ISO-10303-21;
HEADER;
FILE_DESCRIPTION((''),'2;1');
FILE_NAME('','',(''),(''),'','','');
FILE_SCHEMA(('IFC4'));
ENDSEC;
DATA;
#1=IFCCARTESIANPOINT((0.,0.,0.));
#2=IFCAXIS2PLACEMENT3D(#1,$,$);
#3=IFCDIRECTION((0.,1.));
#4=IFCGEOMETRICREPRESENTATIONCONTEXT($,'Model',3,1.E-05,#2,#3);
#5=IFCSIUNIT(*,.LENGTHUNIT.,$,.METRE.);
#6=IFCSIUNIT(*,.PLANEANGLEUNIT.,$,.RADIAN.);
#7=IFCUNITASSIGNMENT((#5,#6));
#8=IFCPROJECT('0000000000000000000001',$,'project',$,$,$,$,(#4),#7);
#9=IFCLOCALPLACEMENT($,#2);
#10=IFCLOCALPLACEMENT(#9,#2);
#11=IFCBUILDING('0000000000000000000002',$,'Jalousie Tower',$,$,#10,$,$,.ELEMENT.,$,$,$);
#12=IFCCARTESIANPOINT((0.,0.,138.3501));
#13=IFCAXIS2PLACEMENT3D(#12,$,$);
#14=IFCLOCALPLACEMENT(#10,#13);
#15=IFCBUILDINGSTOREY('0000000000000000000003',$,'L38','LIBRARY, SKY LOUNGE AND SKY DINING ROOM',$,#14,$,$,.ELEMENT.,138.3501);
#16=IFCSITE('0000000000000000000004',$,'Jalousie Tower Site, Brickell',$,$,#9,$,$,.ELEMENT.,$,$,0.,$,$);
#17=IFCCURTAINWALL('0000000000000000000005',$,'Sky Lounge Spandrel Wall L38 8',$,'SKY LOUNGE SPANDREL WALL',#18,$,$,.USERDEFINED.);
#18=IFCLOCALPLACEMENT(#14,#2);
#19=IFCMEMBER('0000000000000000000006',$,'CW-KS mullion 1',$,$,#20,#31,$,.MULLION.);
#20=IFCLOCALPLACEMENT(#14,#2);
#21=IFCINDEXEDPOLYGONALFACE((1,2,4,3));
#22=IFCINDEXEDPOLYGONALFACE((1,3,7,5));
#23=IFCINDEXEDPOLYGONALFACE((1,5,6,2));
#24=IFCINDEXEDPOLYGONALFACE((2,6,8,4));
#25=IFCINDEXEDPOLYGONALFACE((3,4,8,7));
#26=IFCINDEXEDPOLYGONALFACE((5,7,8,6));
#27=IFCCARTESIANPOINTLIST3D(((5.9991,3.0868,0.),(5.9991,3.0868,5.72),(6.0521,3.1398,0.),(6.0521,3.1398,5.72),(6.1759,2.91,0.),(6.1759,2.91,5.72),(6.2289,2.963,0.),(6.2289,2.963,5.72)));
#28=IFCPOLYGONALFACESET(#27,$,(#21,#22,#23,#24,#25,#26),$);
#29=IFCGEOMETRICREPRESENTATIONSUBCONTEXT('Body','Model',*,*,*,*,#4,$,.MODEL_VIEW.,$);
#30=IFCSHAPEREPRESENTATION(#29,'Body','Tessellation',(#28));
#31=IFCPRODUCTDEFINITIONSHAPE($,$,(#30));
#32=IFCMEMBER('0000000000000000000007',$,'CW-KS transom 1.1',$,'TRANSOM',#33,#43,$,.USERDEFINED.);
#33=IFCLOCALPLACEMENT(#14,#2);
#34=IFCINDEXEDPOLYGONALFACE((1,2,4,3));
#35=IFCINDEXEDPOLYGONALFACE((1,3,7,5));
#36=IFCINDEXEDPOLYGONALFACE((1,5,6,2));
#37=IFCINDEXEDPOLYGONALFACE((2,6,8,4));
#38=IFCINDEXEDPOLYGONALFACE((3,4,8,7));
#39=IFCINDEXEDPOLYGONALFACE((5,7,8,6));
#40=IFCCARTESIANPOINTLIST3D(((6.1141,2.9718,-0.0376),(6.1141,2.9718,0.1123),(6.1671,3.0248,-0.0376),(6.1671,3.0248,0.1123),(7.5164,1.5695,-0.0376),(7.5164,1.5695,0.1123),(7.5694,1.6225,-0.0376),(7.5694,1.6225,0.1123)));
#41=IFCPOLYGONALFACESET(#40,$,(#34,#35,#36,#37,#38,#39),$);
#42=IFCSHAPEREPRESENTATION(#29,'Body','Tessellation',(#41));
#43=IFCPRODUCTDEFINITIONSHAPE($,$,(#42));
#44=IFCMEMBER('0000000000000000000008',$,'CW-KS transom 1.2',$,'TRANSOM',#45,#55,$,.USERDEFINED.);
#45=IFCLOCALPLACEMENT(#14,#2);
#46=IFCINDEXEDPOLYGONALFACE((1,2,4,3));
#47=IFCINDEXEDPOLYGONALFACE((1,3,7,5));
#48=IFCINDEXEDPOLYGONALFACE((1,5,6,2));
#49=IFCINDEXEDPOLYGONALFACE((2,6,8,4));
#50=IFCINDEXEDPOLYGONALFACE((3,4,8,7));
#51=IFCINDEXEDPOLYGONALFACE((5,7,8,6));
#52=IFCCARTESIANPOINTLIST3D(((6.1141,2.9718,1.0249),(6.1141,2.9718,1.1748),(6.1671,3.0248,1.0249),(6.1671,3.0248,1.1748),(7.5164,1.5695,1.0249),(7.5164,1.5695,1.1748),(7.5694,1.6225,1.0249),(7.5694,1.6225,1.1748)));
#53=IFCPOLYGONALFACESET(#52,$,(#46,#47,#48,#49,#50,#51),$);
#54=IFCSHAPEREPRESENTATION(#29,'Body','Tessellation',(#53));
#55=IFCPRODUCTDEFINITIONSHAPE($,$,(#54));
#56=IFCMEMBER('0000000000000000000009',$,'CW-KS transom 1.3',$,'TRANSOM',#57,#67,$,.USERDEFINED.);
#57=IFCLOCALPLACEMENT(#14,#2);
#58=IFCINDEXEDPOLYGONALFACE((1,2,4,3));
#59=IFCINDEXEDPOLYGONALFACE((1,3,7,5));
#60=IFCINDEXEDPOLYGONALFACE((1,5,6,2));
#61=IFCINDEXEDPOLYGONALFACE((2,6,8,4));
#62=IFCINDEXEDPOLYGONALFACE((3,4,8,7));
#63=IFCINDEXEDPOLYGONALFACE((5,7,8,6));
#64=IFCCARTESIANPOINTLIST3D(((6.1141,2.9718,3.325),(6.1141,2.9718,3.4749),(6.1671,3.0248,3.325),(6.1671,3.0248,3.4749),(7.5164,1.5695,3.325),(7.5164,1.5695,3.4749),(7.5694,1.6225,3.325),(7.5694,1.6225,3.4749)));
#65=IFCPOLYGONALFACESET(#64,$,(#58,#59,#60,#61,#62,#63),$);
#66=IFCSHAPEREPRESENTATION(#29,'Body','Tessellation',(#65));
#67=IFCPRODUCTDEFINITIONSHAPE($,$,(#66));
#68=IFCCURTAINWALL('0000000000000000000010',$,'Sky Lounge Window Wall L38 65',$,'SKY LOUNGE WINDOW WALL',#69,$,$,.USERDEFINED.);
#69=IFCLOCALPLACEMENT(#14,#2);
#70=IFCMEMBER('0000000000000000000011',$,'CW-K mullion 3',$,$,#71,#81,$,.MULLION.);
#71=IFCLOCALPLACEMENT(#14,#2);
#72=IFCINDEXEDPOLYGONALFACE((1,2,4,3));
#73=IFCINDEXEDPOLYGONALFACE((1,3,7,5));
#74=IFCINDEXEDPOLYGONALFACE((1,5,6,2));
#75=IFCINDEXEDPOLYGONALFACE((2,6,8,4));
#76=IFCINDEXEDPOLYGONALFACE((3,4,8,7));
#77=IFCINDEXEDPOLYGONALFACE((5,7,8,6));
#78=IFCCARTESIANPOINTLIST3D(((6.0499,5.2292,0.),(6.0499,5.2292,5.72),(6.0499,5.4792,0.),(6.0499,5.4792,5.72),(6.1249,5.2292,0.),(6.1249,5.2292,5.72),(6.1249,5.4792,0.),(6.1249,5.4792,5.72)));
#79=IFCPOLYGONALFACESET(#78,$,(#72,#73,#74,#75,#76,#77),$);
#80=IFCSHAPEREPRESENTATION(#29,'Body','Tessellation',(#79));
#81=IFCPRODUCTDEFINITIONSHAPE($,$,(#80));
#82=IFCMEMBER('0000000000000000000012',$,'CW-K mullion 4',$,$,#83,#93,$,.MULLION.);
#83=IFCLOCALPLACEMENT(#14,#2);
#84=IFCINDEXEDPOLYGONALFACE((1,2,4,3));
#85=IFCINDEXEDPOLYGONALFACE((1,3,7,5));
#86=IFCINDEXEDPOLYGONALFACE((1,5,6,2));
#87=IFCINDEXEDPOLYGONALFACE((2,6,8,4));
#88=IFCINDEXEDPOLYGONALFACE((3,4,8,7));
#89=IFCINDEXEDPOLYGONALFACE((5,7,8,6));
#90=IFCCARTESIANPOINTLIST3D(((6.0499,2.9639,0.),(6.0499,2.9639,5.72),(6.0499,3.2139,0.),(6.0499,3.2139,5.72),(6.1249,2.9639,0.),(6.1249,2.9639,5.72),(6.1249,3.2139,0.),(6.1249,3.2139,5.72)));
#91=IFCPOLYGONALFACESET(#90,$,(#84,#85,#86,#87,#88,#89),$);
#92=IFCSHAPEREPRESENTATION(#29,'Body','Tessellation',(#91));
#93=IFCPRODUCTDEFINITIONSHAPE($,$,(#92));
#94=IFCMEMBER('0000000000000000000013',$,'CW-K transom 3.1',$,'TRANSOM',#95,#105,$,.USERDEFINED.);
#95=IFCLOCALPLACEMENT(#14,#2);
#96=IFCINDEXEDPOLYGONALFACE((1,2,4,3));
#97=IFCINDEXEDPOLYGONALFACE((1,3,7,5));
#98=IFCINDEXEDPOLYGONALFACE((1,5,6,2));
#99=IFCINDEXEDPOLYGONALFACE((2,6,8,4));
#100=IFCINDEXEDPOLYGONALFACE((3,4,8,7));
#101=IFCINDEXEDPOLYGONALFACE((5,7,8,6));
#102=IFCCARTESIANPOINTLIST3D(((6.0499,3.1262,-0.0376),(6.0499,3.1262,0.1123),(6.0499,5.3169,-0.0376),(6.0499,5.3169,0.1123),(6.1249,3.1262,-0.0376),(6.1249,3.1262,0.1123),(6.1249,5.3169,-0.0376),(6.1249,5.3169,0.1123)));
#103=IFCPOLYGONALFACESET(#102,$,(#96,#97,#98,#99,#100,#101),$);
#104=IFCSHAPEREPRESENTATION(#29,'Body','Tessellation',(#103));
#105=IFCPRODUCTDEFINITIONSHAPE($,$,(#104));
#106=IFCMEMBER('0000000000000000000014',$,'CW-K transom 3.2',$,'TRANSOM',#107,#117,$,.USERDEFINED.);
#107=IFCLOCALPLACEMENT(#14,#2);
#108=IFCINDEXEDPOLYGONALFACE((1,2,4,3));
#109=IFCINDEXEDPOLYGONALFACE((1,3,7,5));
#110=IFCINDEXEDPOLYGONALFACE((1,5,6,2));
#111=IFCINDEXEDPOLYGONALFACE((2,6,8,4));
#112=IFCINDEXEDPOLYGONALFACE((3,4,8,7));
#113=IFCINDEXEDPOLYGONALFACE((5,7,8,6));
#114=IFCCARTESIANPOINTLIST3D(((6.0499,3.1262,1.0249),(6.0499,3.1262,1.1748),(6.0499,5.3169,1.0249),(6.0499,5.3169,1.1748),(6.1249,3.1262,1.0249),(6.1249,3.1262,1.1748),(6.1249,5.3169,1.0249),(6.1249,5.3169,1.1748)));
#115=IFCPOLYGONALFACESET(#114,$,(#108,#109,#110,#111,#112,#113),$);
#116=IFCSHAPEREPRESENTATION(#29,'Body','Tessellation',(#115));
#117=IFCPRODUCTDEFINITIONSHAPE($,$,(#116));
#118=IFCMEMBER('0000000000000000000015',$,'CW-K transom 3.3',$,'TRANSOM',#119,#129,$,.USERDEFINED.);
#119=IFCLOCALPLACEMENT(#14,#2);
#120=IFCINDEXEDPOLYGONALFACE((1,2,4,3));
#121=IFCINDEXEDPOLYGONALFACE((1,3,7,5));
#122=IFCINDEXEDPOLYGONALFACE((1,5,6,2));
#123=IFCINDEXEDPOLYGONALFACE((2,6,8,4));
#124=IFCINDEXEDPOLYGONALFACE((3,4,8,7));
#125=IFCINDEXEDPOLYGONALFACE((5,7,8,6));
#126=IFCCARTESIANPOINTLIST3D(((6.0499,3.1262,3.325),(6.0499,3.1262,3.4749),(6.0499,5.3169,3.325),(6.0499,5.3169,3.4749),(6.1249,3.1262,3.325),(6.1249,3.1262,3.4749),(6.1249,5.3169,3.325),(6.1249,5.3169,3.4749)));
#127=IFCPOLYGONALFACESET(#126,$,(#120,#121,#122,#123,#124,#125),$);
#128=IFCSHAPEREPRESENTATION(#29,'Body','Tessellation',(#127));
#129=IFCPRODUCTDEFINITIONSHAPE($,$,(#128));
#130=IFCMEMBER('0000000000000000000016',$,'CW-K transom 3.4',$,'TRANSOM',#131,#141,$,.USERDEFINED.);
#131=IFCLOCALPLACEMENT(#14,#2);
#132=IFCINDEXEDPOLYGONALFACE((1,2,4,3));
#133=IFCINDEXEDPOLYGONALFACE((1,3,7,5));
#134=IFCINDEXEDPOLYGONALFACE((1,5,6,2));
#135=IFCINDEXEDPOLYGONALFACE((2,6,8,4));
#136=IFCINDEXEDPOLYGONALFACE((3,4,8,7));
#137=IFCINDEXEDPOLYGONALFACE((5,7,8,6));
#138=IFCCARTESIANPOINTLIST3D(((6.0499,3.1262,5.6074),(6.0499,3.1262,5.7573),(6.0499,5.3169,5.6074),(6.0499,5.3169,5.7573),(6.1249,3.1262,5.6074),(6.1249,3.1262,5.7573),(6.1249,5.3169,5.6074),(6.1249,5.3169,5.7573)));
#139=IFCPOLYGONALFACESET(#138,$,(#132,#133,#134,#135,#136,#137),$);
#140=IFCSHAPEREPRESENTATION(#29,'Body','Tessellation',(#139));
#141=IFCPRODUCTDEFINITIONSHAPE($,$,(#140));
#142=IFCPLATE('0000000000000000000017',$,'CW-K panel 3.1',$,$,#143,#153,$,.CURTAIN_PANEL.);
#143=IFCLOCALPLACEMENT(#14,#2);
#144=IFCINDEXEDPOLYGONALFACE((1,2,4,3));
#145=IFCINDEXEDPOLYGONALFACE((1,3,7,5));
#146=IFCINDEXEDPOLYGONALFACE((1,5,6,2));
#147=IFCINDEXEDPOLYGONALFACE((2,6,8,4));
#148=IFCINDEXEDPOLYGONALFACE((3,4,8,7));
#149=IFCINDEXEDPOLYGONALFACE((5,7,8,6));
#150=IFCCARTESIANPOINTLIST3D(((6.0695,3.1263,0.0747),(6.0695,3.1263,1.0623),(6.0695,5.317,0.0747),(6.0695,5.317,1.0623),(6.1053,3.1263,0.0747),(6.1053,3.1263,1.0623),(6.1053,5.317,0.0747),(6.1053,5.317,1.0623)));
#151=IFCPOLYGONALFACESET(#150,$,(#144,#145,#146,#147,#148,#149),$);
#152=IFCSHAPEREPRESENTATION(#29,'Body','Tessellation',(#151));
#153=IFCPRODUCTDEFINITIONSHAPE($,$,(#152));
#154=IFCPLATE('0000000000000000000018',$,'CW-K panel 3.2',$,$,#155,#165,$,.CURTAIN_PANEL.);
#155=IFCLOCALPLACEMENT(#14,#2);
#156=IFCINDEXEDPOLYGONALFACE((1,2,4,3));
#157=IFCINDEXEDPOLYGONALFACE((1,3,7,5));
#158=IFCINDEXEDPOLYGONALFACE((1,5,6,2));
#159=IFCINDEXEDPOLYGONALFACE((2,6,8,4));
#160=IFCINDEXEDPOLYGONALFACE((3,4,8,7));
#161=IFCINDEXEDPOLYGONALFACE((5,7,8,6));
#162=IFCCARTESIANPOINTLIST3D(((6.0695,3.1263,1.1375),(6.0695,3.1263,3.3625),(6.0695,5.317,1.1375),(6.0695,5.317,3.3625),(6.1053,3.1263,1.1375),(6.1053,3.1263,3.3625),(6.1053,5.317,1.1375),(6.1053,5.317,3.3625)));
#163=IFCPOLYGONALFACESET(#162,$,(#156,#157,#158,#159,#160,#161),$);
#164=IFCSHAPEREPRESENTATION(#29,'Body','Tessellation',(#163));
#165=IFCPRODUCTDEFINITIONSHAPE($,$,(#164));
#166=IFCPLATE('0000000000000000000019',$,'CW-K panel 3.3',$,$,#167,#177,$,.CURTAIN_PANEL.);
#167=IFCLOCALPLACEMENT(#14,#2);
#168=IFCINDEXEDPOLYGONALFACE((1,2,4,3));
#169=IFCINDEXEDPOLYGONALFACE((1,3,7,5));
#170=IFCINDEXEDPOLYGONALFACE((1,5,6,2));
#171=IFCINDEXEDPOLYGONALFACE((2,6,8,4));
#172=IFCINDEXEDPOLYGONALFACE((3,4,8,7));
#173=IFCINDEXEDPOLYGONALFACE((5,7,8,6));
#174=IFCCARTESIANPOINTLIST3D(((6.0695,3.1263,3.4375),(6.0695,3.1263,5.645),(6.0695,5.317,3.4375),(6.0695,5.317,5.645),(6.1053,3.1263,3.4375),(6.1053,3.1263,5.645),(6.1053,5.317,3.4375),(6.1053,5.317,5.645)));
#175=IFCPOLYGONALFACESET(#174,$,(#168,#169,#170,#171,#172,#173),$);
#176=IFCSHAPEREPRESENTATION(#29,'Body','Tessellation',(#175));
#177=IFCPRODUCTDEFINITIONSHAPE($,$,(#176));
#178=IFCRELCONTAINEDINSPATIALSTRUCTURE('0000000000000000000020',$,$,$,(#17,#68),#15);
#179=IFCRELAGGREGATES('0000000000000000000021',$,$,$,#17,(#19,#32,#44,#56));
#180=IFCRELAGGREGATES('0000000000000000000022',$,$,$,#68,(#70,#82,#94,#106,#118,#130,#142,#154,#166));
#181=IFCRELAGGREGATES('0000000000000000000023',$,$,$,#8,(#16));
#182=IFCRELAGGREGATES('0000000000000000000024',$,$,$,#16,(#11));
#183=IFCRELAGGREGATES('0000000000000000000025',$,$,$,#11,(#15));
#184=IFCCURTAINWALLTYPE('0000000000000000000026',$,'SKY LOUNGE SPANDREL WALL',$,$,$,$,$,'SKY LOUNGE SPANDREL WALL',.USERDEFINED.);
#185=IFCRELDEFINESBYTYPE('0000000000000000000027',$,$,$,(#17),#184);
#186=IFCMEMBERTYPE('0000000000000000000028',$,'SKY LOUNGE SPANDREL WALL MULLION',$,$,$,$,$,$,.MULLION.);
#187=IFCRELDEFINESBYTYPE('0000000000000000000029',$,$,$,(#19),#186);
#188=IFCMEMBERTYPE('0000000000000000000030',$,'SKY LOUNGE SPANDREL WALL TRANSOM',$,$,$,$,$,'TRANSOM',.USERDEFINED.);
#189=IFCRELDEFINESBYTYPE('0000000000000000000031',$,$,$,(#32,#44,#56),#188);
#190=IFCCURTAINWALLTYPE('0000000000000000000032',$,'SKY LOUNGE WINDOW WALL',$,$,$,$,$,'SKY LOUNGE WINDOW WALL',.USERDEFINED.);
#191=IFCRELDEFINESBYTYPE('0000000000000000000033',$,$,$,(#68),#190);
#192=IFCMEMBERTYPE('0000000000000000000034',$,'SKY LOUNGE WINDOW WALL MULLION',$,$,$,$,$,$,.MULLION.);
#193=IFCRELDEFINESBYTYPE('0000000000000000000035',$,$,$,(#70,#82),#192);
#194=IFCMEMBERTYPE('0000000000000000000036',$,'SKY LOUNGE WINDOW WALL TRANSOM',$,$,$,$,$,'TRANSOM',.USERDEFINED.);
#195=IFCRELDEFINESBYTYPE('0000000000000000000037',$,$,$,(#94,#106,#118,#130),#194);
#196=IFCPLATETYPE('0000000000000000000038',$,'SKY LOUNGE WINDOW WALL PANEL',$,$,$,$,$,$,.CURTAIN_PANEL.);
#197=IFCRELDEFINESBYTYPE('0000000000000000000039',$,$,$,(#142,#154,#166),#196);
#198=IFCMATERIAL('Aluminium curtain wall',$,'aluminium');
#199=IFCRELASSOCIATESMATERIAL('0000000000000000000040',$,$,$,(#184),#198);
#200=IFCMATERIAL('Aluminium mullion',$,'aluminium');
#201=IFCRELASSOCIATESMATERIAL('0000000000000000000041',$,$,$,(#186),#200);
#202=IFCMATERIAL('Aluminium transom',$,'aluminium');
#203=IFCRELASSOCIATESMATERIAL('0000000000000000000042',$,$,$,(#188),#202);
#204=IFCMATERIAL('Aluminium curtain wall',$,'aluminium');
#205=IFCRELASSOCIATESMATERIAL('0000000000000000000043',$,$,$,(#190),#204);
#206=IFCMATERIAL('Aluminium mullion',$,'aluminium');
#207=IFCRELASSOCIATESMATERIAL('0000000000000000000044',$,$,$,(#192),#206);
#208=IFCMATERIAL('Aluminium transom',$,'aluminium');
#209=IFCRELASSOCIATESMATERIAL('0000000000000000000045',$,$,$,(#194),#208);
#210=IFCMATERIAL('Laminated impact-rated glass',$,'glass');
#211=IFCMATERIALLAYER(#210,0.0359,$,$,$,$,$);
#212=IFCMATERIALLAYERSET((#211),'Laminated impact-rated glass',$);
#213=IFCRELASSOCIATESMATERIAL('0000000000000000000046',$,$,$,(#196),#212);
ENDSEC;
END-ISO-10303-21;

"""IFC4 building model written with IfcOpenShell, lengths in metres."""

from ifc_helpers import new_model, si_unit, direction, frame, origin, origin_2d, place, context, subcontext, project, spatial, rectangle, extrude, material, layer, layer_set, material_profile, profile_set, type_object, element, aggregate, save


model = new_model("IFC4")

# Units and contexts
model_context = context("Model", 3, precision=1e-05, world=origin(), true_north=direction((0.0, 1.0)))
body_context = subcontext(model_context, "Body", "Model", "MODEL_VIEW")
ifc_project = project(units=[si_unit("LENGTHUNIT", "METRE"), si_unit("PLANEANGLEUNIT", "RADIAN")], contexts=[model_context])

# Site, building, storey
site_placement = place(None, origin())
site = spatial("IfcSite", under=ifc_project, at=site_placement, Name="Jalousie Tower Site, Brickell", CompositionType="ELEMENT", RefElevation=0.0)
building_placement = place(site_placement, origin())
building = spatial("IfcBuilding", under=site, at=building_placement, Name="Jalousie Tower", CompositionType="ELEMENT")
storey_placement = place(building_placement, frame((0.0, 0.0, 138.3501)))
storey = spatial("IfcBuildingStorey", under=building, at=storey_placement, Name="L38", Description="LIBRARY, SKY LOUNGE AND SKY DINING ROOM", CompositionType="ELEMENT", Elevation=138.3501)

# Curtain walls, members
ifc_material_1 = material(Name="Aluminium curtain wall", Category="aluminium")
curtain_wall_type_1 = type_object("IfcCurtainWallType", Name="SKY LOUNGE SPANDREL WALL", ElementType="SKY LOUNGE SPANDREL WALL", PredefinedType="USERDEFINED", material=ifc_material_1)
curtain_wall_1_placement = place(storey_placement, origin())
curtain_wall_1 = element("IfcCurtainWall", 1, at=curtain_wall_1_placement, inside=storey, type_object=curtain_wall_type_1, Name="Sky Lounge Spandrel Wall L38 8", ObjectType="SKY LOUNGE SPANDREL WALL", PredefinedType="USERDEFINED")
ifc_material_2 = material(Name="Aluminium mullion", Category="aluminium")
ifc_material_profile_1 = material_profile(ifc_material_2, rectangle(XDim=0.075, YDim=0.25, at=origin_2d()), Name="MULLION 75x250")
ifc_profile_set_1 = profile_set([ifc_material_profile_1], Name="Aluminium mullion")
member_type_1 = type_object("IfcMemberType", Name="SKY LOUNGE SPANDREL WALL MULLION", PredefinedType="MULLION", material=ifc_profile_set_1)
member_1_placement = place(storey_placement, frame((6.114, 3.0249, 0.0), z_axis=(0.0, 0.0, 1.0), x_axis=(0.707107, 0.707107, 0.0)))
member_1 = element("IfcMember", 2, at=member_1_placement, type_object=member_type_1, Name="CW-KS mullion 1", PredefinedType="MULLION", context=body_context, shape_type="SweptSolid", body=[
    extrude(rectangle(XDim=0.075, YDim=0.25, at=origin_2d()), origin(), (0.0, 0.0, 1.0), 5.72),
])
ifc_material_3 = material(Name="Aluminium transom", Category="aluminium")
ifc_material_profile_2 = material_profile(ifc_material_3, rectangle(XDim=0.075, YDim=0.1499, at=origin_2d()), Name="TRANSOM 75x150")
ifc_profile_set_2 = profile_set([ifc_material_profile_2], Name="Aluminium transom")
member_type_2 = type_object("IfcMemberType", Name="SKY LOUNGE SPANDREL WALL TRANSOM", ElementType="TRANSOM", PredefinedType="USERDEFINED", material=ifc_profile_set_2)
member_2_placement = place(storey_placement, frame((6.1406, 2.9983, 0.0374), z_axis=(0.707107, -0.707107, 0.0), x_axis=(0.707107, 0.707107, 0.0)))
member_2 = element("IfcMember", 3, at=member_2_placement, type_object=member_type_2, Name="CW-KS transom 1.1", ObjectType="TRANSOM", PredefinedType="USERDEFINED", context=body_context, shape_type="SweptSolid", body=[
    extrude(rectangle(XDim=0.075, YDim=0.1499, at=origin_2d()), origin(), (0.0, 0.0, 1.0), 1.9832),
])
member_3_placement = place(storey_placement, frame((6.1406, 2.9983, 1.0999), z_axis=(0.707107, -0.707107, 0.0), x_axis=(0.707107, 0.707107, 0.0)))
member_3 = element("IfcMember", 4, at=member_3_placement, type_object=member_type_2, Name="CW-KS transom 1.2", ObjectType="TRANSOM", PredefinedType="USERDEFINED", context=body_context, shape_type="SweptSolid", body=[
    extrude(rectangle(XDim=0.075, YDim=0.1499, at=origin_2d()), origin(), (0.0, 0.0, 1.0), 1.9832),
])
member_4_placement = place(storey_placement, frame((6.1406, 2.9983, 3.3999), z_axis=(0.707107, -0.707107, 0.0), x_axis=(0.707107, 0.707107, 0.0)))
member_4 = element("IfcMember", 5, at=member_4_placement, type_object=member_type_2, Name="CW-KS transom 1.3", ObjectType="TRANSOM", PredefinedType="USERDEFINED", context=body_context, shape_type="SweptSolid", body=[
    extrude(rectangle(XDim=0.075, YDim=0.1499, at=origin_2d()), origin(), (0.0, 0.0, 1.0), 1.9832),
])
aggregate(curtain_wall_1, [member_1, member_2, member_3, member_4])
ifc_material_4 = material(Name="Aluminium curtain wall", Category="aluminium")
curtain_wall_type_2 = type_object("IfcCurtainWallType", Name="SKY LOUNGE WINDOW WALL", ElementType="SKY LOUNGE WINDOW WALL", PredefinedType="USERDEFINED", material=ifc_material_4)
curtain_wall_2_placement = place(storey_placement, origin())
curtain_wall_2 = element("IfcCurtainWall", 6, at=curtain_wall_2_placement, inside=storey, type_object=curtain_wall_type_2, Name="Sky Lounge Window Wall L38 65", ObjectType="SKY LOUNGE WINDOW WALL", PredefinedType="USERDEFINED")
ifc_material_5 = material(Name="Aluminium mullion", Category="aluminium")
ifc_material_profile_3 = material_profile(ifc_material_5, rectangle(XDim=0.075, YDim=0.25, at=origin_2d()), Name="MULLION 75x250")
ifc_profile_set_3 = profile_set([ifc_material_profile_3], Name="Aluminium mullion")
member_type_3 = type_object("IfcMemberType", Name="SKY LOUNGE WINDOW WALL MULLION", PredefinedType="MULLION", material=ifc_profile_set_3)
member_5_placement = place(storey_placement, frame((6.0874, 5.3542, 0.0), z_axis=(0.0, 0.0, 1.0), x_axis=(1.0, 0.0, 0.0)))
member_5 = element("IfcMember", 7, at=member_5_placement, type_object=member_type_3, Name="CW-K mullion 3", PredefinedType="MULLION", context=body_context, shape_type="SweptSolid", body=[
    extrude(rectangle(XDim=0.075, YDim=0.25, at=origin_2d()), origin(), (0.0, 0.0, 1.0), 5.72),
])
member_6_placement = place(storey_placement, frame((6.0874, 3.0889, 0.0), z_axis=(0.0, 0.0, 1.0), x_axis=(1.0, 0.0, 0.0)))
member_6 = element("IfcMember", 8, at=member_6_placement, type_object=member_type_3, Name="CW-K mullion 4", PredefinedType="MULLION", context=body_context, shape_type="SweptSolid", body=[
    extrude(rectangle(XDim=0.075, YDim=0.25, at=origin_2d()), origin(), (0.0, 0.0, 1.0), 5.72),
])
ifc_material_6 = material(Name="Aluminium transom", Category="aluminium")
ifc_material_profile_4 = material_profile(ifc_material_6, rectangle(XDim=0.075, YDim=0.1499, at=origin_2d()), Name="TRANSOM 75x150")
ifc_profile_set_4 = profile_set([ifc_material_profile_4], Name="Aluminium transom")
member_type_4 = type_object("IfcMemberType", Name="SKY LOUNGE WINDOW WALL TRANSOM", ElementType="TRANSOM", PredefinedType="USERDEFINED", material=ifc_profile_set_4)
member_7_placement = place(storey_placement, frame((6.0874, 5.3169, 0.0374), z_axis=(0.0, -1.0, 0.0), x_axis=(1.0, 0.0, 0.0)))
member_7 = element("IfcMember", 9, at=member_7_placement, type_object=member_type_4, Name="CW-K transom 3.1", ObjectType="TRANSOM", PredefinedType="USERDEFINED", context=body_context, shape_type="SweptSolid", body=[
    extrude(rectangle(XDim=0.075, YDim=0.1499, at=origin_2d()), origin(), (0.0, 0.0, 1.0), 2.1907),
])
member_8_placement = place(storey_placement, frame((6.0874, 5.3169, 1.0999), z_axis=(0.0, -1.0, 0.0), x_axis=(1.0, 0.0, 0.0)))
member_8 = element("IfcMember", 10, at=member_8_placement, type_object=member_type_4, Name="CW-K transom 3.2", ObjectType="TRANSOM", PredefinedType="USERDEFINED", context=body_context, shape_type="SweptSolid", body=[
    extrude(rectangle(XDim=0.075, YDim=0.1499, at=origin_2d()), origin(), (0.0, 0.0, 1.0), 2.1907),
])
member_9_placement = place(storey_placement, frame((6.0874, 5.3169, 3.3999), z_axis=(0.0, -1.0, 0.0), x_axis=(1.0, 0.0, 0.0)))
member_9 = element("IfcMember", 11, at=member_9_placement, type_object=member_type_4, Name="CW-K transom 3.3", ObjectType="TRANSOM", PredefinedType="USERDEFINED", context=body_context, shape_type="SweptSolid", body=[
    extrude(rectangle(XDim=0.075, YDim=0.1499, at=origin_2d()), origin(), (0.0, 0.0, 1.0), 2.1907),
])
member_10_placement = place(storey_placement, frame((6.0874, 5.3169, 5.6824), z_axis=(0.0, -1.0, 0.0), x_axis=(1.0, 0.0, 0.0)))
member_10 = element("IfcMember", 12, at=member_10_placement, type_object=member_type_4, Name="CW-K transom 3.4", ObjectType="TRANSOM", PredefinedType="USERDEFINED", context=body_context, shape_type="SweptSolid", body=[
    extrude(rectangle(XDim=0.075, YDim=0.1499, at=origin_2d()), origin(), (0.0, 0.0, 1.0), 2.1907),
])

# Plates
ifc_material_7 = material(Name="Laminated impact-rated glass", Category="glass")
ifc_layer_1 = layer(ifc_material_7, 0.0359)
ifc_layer_set_1 = layer_set([ifc_layer_1], Name="Laminated impact-rated glass")
plate_type = type_object("IfcPlateType", Name="SKY LOUNGE WINDOW WALL PANEL", PredefinedType="CURTAIN_PANEL", material=ifc_layer_set_1)
plate_1_placement = place(storey_placement, frame((6.0874, 4.2217, 0.0747), z_axis=(0.0, 0.0, 1.0), x_axis=(0.0, -1.0, 0.0)))
plate_1 = element("IfcPlate", 13, at=plate_1_placement, type_object=plate_type, Name="CW-K panel 3.1", PredefinedType="CURTAIN_PANEL", context=body_context, shape_type="SweptSolid", body=[
    extrude(rectangle(XDim=2.1907, YDim=0.0359, at=origin_2d()), origin(), (0.0, 0.0, 1.0), 0.9875),
])
plate_2_placement = place(storey_placement, frame((6.0874, 4.2217, 1.1375), z_axis=(0.0, 0.0, 1.0), x_axis=(0.0, -1.0, 0.0)))
plate_2 = element("IfcPlate", 14, at=plate_2_placement, type_object=plate_type, Name="CW-K panel 3.2", PredefinedType="CURTAIN_PANEL", context=body_context, shape_type="SweptSolid", body=[
    extrude(rectangle(XDim=2.1907, YDim=0.0359, at=origin_2d()), origin(), (0.0, 0.0, 1.0), 2.2251),
])
plate_3_placement = place(storey_placement, frame((6.0874, 4.2217, 3.4375), z_axis=(0.0, 0.0, 1.0), x_axis=(0.0, -1.0, 0.0)))
plate_3 = element("IfcPlate", 15, at=plate_3_placement, type_object=plate_type, Name="CW-K panel 3.3", PredefinedType="CURTAIN_PANEL", context=body_context, shape_type="SweptSolid", body=[
    extrude(rectangle(XDim=2.1907, YDim=0.0359, at=origin_2d()), origin(), (0.0, 0.0, 1.0), 2.2075),
])
aggregate(curtain_wall_2, [member_5, member_6, member_7, member_8, member_9, member_10, plate_1, plate_2, plate_3])

save(model, "model.ifc")
